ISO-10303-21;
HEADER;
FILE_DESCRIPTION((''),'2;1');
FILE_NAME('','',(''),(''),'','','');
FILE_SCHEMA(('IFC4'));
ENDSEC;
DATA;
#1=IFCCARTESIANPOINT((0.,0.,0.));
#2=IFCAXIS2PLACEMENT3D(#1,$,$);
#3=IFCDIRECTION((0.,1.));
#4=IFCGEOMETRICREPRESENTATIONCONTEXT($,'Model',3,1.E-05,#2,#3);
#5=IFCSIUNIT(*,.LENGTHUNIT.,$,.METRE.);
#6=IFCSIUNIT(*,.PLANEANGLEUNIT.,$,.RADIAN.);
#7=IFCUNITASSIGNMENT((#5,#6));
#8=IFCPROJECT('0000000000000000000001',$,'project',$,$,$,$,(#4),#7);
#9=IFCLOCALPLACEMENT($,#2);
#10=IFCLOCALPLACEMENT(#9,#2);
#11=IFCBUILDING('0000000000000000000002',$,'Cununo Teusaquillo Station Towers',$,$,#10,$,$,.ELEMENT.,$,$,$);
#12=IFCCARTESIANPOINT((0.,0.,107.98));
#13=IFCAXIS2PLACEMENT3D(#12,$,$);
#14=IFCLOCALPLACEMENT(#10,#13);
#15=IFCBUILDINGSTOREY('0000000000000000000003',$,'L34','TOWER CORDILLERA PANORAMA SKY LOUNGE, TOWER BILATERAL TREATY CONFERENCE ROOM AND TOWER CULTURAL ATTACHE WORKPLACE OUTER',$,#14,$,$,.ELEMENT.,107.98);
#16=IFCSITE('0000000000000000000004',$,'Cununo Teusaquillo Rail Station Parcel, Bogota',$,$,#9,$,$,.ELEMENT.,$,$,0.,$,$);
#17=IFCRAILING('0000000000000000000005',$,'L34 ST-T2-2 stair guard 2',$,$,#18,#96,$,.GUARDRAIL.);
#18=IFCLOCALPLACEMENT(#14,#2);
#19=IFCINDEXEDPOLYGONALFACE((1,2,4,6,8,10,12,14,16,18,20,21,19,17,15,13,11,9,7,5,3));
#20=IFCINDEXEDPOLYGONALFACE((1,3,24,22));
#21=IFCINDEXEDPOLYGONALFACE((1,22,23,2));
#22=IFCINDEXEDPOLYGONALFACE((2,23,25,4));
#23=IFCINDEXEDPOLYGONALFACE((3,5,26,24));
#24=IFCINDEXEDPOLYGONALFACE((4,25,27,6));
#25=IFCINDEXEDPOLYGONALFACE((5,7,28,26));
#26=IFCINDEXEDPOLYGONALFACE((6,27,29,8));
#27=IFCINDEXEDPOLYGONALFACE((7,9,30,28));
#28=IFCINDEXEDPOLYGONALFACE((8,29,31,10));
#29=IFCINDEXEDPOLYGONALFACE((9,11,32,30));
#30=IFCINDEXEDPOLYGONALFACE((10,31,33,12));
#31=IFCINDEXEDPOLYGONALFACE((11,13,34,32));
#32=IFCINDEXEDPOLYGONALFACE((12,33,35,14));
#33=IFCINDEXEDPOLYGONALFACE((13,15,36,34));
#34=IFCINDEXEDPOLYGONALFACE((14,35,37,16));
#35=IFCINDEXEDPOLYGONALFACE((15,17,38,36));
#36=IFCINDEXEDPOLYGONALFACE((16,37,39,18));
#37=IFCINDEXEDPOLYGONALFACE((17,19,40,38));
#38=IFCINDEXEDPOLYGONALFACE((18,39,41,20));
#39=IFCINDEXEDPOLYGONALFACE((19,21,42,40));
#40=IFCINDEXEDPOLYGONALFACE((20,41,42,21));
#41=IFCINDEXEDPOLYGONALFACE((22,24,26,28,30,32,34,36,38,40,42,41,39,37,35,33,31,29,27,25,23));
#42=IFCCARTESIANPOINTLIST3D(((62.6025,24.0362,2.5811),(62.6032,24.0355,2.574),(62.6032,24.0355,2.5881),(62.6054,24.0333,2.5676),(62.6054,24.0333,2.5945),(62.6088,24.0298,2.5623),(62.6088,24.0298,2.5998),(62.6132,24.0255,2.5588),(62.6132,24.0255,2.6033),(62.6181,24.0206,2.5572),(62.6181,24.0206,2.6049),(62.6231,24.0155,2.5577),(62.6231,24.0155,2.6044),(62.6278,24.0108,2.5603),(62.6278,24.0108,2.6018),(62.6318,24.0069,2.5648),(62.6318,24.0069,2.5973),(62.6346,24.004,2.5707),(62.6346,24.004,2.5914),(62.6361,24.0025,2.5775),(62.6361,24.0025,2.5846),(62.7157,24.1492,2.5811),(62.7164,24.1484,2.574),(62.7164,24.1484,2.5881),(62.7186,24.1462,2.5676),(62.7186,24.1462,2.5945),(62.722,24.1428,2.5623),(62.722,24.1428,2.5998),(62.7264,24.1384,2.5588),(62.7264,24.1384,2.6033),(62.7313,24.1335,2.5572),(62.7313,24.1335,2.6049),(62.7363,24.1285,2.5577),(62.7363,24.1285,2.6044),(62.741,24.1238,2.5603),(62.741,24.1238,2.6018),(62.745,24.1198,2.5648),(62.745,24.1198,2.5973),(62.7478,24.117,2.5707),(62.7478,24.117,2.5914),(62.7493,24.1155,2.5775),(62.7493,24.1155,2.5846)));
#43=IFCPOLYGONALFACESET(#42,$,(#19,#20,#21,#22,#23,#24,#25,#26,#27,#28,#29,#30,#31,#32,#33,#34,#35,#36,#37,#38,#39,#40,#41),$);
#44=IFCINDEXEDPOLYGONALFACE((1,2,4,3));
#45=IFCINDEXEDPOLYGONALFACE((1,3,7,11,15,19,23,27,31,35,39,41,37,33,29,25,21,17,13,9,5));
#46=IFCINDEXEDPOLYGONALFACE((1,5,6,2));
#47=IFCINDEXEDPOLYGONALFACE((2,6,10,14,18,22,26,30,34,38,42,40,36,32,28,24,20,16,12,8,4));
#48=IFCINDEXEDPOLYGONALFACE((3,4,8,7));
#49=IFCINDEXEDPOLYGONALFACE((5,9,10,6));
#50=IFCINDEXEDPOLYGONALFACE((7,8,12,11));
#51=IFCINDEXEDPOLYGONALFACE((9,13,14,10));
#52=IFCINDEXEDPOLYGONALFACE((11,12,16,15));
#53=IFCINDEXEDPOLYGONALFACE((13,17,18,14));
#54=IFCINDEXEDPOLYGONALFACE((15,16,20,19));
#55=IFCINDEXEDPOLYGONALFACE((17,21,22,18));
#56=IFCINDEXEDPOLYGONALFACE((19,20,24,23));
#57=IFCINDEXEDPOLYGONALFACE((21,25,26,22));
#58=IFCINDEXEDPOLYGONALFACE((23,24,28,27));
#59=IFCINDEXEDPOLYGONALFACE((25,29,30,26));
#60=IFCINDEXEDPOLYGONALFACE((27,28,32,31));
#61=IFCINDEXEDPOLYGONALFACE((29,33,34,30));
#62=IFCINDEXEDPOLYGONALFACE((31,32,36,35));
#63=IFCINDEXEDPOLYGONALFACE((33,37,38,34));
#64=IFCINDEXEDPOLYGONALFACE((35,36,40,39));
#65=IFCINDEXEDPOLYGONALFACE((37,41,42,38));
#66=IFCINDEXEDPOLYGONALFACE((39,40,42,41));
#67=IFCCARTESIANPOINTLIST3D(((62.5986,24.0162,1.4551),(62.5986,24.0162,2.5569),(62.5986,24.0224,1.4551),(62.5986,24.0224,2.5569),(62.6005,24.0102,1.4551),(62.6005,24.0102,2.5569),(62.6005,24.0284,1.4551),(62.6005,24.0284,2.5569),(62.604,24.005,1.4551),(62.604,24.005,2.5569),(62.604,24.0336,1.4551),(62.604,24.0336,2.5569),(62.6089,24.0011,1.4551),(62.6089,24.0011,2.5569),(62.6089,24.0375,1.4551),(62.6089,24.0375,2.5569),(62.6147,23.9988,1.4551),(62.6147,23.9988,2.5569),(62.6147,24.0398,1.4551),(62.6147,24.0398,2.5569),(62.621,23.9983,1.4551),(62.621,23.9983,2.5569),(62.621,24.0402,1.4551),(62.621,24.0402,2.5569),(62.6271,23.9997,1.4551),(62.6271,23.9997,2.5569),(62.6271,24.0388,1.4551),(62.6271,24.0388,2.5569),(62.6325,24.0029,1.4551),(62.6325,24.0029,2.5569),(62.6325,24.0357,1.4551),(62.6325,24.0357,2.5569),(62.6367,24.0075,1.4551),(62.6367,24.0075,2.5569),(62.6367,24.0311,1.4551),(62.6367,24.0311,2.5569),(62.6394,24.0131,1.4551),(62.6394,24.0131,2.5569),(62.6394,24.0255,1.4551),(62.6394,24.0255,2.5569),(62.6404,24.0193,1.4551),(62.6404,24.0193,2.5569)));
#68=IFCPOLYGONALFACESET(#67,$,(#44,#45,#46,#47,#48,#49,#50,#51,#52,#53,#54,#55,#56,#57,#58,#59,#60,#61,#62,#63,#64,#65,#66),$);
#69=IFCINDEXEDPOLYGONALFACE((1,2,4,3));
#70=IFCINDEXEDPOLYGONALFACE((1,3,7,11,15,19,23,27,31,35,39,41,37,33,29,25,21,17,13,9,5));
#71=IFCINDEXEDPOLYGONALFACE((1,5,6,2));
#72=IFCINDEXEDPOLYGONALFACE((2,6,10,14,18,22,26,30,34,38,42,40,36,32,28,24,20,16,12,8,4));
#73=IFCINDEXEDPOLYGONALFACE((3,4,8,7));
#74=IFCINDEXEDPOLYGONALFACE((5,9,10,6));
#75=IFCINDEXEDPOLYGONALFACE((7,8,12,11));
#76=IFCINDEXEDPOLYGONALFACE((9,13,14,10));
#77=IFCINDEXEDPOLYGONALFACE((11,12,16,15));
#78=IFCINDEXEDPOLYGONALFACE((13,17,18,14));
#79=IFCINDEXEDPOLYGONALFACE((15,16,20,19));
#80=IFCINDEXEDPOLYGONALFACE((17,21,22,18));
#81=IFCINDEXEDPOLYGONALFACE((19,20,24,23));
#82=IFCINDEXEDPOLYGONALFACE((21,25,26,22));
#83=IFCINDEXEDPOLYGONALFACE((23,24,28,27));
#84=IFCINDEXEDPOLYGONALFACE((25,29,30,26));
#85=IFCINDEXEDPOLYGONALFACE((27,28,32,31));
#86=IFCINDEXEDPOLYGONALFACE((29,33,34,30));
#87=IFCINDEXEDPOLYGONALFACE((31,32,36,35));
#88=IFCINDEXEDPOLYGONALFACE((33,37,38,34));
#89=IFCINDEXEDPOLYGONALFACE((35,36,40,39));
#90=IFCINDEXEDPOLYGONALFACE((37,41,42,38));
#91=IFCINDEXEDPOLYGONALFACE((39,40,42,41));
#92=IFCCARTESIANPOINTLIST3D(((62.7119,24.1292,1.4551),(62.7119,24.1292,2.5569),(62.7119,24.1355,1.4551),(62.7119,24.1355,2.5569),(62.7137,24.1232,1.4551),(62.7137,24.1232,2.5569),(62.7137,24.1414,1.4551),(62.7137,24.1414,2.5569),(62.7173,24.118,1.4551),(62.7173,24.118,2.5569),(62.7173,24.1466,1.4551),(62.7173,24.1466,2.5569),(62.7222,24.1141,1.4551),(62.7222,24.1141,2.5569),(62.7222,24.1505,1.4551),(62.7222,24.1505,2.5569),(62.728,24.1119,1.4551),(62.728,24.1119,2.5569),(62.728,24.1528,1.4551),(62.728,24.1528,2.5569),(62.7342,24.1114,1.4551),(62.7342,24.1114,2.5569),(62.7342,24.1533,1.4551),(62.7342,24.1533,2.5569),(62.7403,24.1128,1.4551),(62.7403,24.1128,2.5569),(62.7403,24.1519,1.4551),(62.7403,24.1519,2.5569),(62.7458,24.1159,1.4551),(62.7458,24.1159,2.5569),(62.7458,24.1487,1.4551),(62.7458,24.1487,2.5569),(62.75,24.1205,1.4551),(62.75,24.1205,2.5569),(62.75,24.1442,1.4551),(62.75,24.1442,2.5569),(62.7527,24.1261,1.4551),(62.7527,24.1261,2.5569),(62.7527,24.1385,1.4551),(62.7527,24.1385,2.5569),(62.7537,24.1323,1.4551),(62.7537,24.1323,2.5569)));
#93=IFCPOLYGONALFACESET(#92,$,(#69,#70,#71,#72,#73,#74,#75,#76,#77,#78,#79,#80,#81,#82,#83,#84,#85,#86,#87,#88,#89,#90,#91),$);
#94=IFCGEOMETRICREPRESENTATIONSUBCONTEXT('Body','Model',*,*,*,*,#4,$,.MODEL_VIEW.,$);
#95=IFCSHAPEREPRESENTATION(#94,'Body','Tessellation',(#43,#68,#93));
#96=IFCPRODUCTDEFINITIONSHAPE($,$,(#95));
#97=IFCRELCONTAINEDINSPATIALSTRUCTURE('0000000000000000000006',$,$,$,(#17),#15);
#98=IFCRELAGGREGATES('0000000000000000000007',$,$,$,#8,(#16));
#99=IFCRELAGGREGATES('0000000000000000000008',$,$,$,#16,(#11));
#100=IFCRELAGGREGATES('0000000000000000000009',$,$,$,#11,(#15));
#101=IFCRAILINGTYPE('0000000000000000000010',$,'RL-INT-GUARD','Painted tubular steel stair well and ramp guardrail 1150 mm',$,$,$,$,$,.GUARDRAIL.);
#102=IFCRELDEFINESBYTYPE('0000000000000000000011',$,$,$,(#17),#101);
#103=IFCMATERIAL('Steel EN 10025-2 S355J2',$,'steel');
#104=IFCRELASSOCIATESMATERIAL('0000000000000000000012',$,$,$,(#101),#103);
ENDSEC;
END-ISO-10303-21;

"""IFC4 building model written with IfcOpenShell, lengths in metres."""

from ifc_helpers import new_model, si_unit, direction, frame, origin, origin_2d, place, context, subcontext, project, spatial, circle, extrude, material, type_object, element, save


model = new_model("IFC4")

# Units and contexts
model_context = context("Model", 3, precision=1e-05, world=origin(), true_north=direction((0.0, 1.0)))
body_context = subcontext(model_context, "Body", "Model", "MODEL_VIEW")
ifc_project = project(units=[si_unit("LENGTHUNIT", "METRE"), si_unit("PLANEANGLEUNIT", "RADIAN")], contexts=[model_context])

# Site, building, storey
site_placement = place(None, origin())
site = spatial("IfcSite", under=ifc_project, at=site_placement, Name="Cununo Teusaquillo Rail Station Parcel, Bogota", CompositionType="ELEMENT", RefElevation=0.0)
building_placement = place(site_placement, origin())
building = spatial("IfcBuilding", under=site, at=building_placement, Name="Cununo Teusaquillo Station Towers", CompositionType="ELEMENT")
storey_placement = place(building_placement, frame((0.0, 0.0, 107.98)))
storey = spatial("IfcBuildingStorey", under=building, at=storey_placement, Name="L34", Description="TOWER CORDILLERA PANORAMA SKY LOUNGE, TOWER BILATERAL TREATY CONFERENCE ROOM AND TOWER CULTURAL ATTACHE WORKPLACE OUTER", CompositionType="ELEMENT", Elevation=107.98)

# Railing
ifc_material_1 = material(Name="Steel EN 10025-2 S355J2", Category="steel")
railing_type_1 = type_object("IfcRailingType", Name="RL-INT-GUARD", Description="Painted tubular steel stair well and ramp guardrail 1150 mm", PredefinedType="GUARDRAIL", material=ifc_material_1)
railing_1_placement = place(storey_placement, frame((62.6194, 24.0193, 1.4551)))
element("IfcRailing", 1, at=railing_1_placement, inside=storey, type_object=railing_type_1, Name="L34 ST-T2-2 stair guard 2", PredefinedType="GUARDRAIL", context=body_context, shape_type="SweptSolid", body=[
    extrude(circle(Radius=0.0239, at=origin_2d()), frame((0.0, 0.0, 1.126), z_axis=(0.707869, 0.706344, 0.0), x_axis=(-0.706344, 0.707869, 0.0)), (0.0, 0.0, 1.0), 0.1599),
    extrude(circle(Radius=0.021, at=origin_2d()), origin(), (0.0, 0.0, 1.0), 1.1018),
    extrude(circle(Radius=0.021, at=origin_2d()), frame((0.1133, 0.113, 0.0)), (0.0, 0.0, 1.0), 1.1018),
])

save(model, "model.ifc")
